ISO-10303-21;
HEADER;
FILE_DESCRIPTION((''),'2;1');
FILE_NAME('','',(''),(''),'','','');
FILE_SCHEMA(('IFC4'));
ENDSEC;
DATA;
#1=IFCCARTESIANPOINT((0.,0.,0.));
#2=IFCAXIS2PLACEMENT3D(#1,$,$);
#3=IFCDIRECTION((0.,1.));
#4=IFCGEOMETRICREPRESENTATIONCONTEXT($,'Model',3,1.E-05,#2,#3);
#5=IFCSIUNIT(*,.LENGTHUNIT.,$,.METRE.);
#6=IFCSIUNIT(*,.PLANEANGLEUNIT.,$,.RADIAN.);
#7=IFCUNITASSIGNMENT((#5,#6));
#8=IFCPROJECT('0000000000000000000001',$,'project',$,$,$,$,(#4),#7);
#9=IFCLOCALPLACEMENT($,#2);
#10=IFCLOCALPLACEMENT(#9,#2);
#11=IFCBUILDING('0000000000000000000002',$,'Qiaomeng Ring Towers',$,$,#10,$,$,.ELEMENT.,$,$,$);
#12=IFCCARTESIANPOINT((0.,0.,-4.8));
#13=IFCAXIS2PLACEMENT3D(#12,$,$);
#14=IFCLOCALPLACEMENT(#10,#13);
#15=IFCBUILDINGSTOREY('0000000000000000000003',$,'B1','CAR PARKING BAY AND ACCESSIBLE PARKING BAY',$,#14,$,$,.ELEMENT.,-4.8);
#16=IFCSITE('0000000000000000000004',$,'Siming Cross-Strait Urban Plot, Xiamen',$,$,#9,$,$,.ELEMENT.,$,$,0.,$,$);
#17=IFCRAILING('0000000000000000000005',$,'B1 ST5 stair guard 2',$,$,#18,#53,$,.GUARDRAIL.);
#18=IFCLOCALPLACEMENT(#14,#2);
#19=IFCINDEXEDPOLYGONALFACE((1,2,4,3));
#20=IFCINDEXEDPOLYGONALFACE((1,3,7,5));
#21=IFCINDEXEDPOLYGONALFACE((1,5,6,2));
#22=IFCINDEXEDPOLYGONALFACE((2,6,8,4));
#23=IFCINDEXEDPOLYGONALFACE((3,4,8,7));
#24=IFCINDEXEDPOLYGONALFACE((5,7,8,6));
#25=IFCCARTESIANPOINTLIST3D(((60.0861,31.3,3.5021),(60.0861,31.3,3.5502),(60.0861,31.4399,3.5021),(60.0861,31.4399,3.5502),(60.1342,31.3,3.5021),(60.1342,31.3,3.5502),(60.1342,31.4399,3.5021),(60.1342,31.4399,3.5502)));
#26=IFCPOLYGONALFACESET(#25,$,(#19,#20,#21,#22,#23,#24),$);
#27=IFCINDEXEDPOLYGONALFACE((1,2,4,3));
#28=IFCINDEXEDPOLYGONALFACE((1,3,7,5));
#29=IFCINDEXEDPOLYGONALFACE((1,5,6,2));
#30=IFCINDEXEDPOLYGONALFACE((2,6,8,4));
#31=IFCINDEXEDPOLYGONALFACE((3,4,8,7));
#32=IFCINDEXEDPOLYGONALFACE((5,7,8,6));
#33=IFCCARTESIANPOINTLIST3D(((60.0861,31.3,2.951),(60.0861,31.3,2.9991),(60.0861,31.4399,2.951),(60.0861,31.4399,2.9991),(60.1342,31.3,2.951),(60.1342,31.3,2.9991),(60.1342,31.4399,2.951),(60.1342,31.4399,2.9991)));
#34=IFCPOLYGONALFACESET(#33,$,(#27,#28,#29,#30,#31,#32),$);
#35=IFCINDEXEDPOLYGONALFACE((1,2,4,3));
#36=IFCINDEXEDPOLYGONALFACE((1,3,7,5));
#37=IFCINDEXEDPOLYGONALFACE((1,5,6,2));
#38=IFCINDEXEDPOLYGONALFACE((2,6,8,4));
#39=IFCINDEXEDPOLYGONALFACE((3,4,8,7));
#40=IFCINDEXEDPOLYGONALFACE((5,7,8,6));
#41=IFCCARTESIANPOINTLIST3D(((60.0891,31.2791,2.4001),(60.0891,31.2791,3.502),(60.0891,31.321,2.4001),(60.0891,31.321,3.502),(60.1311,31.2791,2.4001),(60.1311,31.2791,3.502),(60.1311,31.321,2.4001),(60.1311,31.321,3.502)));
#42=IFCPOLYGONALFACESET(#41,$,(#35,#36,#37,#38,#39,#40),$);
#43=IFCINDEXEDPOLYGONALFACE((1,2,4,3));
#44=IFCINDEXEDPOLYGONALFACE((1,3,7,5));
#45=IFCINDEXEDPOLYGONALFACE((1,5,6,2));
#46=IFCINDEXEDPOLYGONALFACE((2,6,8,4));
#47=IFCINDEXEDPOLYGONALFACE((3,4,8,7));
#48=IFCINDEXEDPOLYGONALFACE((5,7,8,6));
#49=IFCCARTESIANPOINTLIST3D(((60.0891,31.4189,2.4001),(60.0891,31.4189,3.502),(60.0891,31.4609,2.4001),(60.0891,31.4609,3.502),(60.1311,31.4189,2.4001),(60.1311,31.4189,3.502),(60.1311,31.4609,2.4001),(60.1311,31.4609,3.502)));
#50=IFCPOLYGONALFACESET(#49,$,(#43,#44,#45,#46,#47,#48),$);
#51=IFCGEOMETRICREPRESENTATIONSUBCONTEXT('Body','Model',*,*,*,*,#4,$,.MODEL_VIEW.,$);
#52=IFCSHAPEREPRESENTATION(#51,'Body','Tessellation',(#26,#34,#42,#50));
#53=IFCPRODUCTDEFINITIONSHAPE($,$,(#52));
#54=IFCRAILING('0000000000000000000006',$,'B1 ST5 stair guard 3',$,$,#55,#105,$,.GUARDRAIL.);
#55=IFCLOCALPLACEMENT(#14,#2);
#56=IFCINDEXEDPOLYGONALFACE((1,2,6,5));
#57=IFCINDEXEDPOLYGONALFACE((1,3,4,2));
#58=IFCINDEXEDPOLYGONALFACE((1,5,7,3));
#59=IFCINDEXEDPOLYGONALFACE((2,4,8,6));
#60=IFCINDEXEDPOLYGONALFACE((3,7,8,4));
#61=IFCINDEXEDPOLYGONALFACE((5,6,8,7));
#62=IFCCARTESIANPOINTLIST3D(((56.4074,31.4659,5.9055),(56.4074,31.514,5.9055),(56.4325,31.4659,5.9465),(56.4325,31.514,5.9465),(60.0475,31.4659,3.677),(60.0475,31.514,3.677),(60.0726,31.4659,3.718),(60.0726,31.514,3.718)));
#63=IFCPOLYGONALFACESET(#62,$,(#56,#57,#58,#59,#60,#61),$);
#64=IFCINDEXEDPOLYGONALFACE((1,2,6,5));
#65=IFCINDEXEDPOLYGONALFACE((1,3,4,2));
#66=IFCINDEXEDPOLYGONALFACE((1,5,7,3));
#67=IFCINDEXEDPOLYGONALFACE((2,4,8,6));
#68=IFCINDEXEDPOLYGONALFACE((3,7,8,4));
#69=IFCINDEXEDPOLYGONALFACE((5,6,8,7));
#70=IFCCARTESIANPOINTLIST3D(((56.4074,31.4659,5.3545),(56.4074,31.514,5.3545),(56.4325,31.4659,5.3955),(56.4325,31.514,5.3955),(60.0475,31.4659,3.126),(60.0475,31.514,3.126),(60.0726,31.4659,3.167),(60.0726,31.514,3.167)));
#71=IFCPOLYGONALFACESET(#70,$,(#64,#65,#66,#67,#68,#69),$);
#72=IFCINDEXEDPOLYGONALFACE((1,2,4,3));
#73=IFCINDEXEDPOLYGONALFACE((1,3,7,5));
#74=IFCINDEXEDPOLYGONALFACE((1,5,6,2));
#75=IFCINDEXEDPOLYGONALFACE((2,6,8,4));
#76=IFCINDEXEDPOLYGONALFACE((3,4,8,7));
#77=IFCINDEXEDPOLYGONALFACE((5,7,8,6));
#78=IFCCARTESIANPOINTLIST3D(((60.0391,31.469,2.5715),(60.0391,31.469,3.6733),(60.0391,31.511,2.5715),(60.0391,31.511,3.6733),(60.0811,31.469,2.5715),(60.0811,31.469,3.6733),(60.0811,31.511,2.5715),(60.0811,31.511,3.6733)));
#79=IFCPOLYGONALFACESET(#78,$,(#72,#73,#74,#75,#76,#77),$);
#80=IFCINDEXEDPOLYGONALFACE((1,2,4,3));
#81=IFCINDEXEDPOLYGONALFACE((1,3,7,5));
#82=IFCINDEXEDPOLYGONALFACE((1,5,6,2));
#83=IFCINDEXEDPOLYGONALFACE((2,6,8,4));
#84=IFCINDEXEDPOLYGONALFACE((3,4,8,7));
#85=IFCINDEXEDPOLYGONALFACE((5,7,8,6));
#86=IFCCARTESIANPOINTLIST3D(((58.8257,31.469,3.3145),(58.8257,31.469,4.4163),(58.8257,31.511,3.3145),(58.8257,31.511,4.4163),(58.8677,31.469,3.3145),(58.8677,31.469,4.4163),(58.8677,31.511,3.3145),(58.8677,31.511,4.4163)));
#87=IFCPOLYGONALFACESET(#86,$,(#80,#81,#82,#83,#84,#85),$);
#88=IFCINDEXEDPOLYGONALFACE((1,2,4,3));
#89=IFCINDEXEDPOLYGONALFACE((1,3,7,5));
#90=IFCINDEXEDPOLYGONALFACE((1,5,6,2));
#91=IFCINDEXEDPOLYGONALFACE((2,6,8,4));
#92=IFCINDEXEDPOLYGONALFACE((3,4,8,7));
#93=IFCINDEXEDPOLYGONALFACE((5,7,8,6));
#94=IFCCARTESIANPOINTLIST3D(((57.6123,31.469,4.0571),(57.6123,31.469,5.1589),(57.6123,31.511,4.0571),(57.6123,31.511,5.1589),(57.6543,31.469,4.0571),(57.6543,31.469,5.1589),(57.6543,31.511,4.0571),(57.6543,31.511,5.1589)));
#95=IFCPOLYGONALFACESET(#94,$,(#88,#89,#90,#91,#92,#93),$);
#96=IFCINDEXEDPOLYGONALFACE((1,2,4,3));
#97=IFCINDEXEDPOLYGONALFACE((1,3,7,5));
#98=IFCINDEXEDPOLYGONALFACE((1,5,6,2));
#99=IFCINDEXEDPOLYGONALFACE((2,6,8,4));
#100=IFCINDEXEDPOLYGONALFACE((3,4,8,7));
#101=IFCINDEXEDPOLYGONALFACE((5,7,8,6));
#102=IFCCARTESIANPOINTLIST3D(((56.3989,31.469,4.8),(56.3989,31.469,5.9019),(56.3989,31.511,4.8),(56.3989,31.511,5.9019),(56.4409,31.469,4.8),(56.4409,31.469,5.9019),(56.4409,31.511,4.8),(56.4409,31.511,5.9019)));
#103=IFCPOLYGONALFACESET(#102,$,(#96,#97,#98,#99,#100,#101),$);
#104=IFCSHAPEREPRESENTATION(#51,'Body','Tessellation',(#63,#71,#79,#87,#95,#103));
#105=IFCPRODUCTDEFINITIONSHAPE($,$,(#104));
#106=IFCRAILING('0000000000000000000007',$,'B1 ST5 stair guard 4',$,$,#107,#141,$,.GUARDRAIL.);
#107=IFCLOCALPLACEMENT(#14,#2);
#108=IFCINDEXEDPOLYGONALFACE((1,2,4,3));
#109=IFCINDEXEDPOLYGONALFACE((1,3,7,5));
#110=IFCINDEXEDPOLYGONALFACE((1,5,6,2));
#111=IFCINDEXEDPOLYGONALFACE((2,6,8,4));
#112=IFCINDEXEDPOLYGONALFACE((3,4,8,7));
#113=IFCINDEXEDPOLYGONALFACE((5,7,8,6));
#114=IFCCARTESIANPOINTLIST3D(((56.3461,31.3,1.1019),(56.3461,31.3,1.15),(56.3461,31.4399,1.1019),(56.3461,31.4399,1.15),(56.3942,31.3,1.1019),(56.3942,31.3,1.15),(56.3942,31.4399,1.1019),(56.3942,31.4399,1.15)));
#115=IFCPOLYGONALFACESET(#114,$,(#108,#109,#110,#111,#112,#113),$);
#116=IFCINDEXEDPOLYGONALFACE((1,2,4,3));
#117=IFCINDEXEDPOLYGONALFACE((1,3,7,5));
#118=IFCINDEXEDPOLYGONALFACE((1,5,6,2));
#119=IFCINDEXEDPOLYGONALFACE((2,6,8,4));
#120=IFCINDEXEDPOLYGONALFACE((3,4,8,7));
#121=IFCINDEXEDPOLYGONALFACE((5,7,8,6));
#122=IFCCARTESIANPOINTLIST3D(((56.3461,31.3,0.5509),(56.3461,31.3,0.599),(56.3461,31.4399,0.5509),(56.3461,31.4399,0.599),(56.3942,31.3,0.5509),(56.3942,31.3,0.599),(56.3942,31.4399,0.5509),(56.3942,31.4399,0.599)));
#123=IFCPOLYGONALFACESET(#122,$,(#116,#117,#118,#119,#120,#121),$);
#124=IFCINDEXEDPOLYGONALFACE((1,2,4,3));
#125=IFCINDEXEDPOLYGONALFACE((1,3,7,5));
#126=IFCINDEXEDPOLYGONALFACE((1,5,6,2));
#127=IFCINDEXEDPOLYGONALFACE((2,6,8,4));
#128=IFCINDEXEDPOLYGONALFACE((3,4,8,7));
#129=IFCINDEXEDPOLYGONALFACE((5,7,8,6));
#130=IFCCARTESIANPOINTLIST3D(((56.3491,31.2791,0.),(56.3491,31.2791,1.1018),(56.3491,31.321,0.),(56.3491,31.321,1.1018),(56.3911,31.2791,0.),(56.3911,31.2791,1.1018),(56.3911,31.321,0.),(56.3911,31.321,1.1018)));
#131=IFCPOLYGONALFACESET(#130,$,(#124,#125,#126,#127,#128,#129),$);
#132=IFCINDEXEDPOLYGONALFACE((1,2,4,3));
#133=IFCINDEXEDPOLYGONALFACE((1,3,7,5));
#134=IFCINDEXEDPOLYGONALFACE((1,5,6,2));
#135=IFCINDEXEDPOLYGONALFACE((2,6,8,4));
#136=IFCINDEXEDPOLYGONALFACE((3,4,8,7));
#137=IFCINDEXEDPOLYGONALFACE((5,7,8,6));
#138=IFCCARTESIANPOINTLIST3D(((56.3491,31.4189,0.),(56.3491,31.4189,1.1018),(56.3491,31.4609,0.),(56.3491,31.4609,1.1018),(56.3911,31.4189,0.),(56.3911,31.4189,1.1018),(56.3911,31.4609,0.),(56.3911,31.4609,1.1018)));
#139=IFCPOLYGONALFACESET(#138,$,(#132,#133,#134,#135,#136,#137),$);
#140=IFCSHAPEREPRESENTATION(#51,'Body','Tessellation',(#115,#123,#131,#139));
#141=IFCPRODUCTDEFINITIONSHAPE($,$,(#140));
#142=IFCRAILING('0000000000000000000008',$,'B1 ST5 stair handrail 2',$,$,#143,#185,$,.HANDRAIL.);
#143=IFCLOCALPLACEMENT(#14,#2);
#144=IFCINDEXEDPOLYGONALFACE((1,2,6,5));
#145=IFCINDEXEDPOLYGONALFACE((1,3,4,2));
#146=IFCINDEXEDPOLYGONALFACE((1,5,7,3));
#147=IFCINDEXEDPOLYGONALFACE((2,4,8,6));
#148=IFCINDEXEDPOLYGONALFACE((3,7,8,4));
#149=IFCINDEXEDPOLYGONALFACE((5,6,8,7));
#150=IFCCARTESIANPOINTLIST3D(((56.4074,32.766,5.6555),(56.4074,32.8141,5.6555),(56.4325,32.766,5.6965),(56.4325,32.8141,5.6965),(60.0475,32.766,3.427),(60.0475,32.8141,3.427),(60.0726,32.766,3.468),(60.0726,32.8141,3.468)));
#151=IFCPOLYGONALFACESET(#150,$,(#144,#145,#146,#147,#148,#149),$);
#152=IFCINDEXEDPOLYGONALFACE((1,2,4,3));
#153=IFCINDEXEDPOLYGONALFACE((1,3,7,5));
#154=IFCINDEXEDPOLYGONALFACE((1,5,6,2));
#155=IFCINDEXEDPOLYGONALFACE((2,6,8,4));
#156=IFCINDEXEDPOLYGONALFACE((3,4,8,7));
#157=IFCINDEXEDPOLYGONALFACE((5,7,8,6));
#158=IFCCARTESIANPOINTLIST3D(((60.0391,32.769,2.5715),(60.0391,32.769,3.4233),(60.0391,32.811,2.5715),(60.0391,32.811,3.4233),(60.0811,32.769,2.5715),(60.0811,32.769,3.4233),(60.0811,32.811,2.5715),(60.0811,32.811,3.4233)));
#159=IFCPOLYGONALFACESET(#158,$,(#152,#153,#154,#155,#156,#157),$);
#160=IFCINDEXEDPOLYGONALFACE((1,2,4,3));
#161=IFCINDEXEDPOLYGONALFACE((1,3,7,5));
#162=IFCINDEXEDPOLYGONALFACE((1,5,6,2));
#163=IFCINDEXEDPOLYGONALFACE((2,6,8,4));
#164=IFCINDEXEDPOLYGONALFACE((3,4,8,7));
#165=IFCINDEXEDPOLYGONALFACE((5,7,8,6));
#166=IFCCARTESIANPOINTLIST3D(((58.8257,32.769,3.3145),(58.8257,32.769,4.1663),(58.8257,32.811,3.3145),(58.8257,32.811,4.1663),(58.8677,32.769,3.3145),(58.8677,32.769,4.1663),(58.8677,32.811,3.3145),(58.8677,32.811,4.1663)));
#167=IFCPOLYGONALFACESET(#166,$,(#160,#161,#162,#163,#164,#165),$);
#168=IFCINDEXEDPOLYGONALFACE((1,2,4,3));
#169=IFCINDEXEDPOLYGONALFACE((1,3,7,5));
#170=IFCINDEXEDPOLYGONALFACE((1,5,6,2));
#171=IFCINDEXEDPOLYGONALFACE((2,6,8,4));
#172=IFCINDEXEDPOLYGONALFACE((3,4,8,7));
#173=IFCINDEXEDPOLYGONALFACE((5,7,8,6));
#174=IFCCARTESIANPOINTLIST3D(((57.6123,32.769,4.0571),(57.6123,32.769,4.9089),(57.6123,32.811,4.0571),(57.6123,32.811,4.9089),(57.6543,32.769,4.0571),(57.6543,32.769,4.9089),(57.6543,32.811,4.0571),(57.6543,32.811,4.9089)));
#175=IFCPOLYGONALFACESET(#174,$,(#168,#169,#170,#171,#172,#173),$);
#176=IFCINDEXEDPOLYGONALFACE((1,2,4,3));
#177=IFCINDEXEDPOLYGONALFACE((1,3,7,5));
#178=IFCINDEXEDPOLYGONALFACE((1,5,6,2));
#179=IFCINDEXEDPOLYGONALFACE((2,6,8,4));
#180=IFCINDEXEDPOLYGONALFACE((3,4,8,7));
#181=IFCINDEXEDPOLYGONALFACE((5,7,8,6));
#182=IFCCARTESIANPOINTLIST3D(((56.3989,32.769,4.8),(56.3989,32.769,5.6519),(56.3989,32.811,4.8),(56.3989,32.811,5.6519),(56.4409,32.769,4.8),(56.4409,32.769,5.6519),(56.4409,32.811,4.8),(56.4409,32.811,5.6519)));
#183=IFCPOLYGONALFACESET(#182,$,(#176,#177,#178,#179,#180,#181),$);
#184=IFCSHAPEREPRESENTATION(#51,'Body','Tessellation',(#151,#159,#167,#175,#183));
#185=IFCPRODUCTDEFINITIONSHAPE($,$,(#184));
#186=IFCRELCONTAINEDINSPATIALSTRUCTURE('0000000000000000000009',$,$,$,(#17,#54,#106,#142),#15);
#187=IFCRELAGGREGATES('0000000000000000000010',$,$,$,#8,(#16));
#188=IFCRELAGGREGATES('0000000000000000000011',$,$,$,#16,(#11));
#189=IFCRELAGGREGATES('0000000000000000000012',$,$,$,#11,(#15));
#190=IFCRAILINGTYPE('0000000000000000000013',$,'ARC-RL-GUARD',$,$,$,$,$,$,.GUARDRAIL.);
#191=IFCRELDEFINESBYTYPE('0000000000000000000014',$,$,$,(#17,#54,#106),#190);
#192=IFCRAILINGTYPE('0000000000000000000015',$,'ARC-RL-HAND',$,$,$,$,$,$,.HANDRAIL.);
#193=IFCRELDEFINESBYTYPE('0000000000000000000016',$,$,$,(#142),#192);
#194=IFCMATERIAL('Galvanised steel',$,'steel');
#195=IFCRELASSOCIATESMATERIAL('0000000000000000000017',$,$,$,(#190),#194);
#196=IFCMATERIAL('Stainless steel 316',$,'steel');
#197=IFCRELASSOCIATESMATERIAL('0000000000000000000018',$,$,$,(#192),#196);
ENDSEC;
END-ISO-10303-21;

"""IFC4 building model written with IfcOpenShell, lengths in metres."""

from ifc_helpers import new_model, si_unit, direction, frame, origin, origin_2d, place, context, subcontext, project, spatial, rectangle, extrude, material, type_object, element, save


model = new_model("IFC4")

# Units and contexts
model_context = context("Model", 3, precision=1e-05, world=origin(), true_north=direction((0.0, 1.0)))
body_context = subcontext(model_context, "Body", "Model", "MODEL_VIEW")
ifc_project = project(units=[si_unit("LENGTHUNIT", "METRE"), si_unit("PLANEANGLEUNIT", "RADIAN")], contexts=[model_context])

# Site, building, storey
site_placement = place(None, origin())
site = spatial("IfcSite", under=ifc_project, at=site_placement, Name="Siming Cross-Strait Urban Plot, Xiamen", CompositionType="ELEMENT", RefElevation=0.0)
building_placement = place(site_placement, origin())
building = spatial("IfcBuilding", under=site, at=building_placement, Name="Qiaomeng Ring Towers", CompositionType="ELEMENT")
storey_placement = place(building_placement, frame((0.0, 0.0, -4.8)))
storey = spatial("IfcBuildingStorey", under=building, at=storey_placement, Name="B1", Description="CAR PARKING BAY AND ACCESSIBLE PARKING BAY", CompositionType="ELEMENT", Elevation=-4.8)

# Shared definitions
ifc_material_1 = material(Name="Galvanised steel", Category="steel")

# Railings
railing_type_1 = type_object("IfcRailingType", Name="ARC-RL-GUARD", PredefinedType="GUARDRAIL", material=ifc_material_1)
railing_1_placement = place(storey_placement, frame((60.1101, 31.3, 2.4001)))
element("IfcRailing", 1, at=railing_1_placement, inside=storey, type_object=railing_type_1, Name="B1 ST5 stair guard 2", PredefinedType="GUARDRAIL", context=body_context, shape_type="SweptSolid", body=[
    extrude(rectangle(XDim=0.0481, YDim=0.0481, at=origin_2d()), frame((0.0, 0.0, 1.126), z_axis=(0.0, 1.0, 0.0), x_axis=(-1.0, 0.0, 0.0)), (0.0, 0.0, 1.0), 0.1399),
    extrude(rectangle(XDim=0.0481, YDim=0.0481, at=origin_2d()), frame((0.0, 0.0, 0.575), z_axis=(0.0, 1.0, 0.0), x_axis=(-1.0, 0.0, 0.0)), (0.0, 0.0, 1.0), 0.1399),
    extrude(rectangle(XDim=0.042, YDim=0.042, at=origin_2d()), origin(), (0.0, 0.0, 1.0), 1.1018),
    extrude(rectangle(XDim=0.042, YDim=0.042, at=origin_2d()), frame((0.0, 0.1399, 0.0)), (0.0, 0.0, 1.0), 1.1018),
])
railing_2_placement = place(storey_placement, frame((60.0601, 31.49, 2.5715)))
element("IfcRailing", 2, at=railing_2_placement, inside=storey, type_object=railing_type_1, Name="B1 ST5 stair guard 3", PredefinedType="GUARDRAIL", context=body_context, shape_type="SweptSolid", body=[
    extrude(rectangle(XDim=0.0481, YDim=0.0481, at=origin_2d()), frame((0.0, 0.0, 1.126), z_axis=(-0.852866, 0.0, 0.52213), x_axis=(0.0, -1.0, 0.0)), (0.0, 0.0, 1.0), 4.2681),
    extrude(rectangle(XDim=0.0481, YDim=0.0481, at=origin_2d()), frame((0.0, 0.0, 0.575), z_axis=(-0.852866, 0.0, 0.52213), x_axis=(0.0, -1.0, 0.0)), (0.0, 0.0, 1.0), 4.2681),
    extrude(rectangle(XDim=0.042, YDim=0.042, at=origin_2d()), origin(), (0.0, 0.0, 1.0), 1.1018),
    extrude(rectangle(XDim=0.042, YDim=0.042, at=origin_2d()), frame((-1.2134, 0.0, 0.7429)), (0.0, 0.0, 1.0), 1.1018),
    extrude(rectangle(XDim=0.042, YDim=0.042, at=origin_2d()), frame((-2.4268, 0.0, 1.4856)), (0.0, 0.0, 1.0), 1.1018),
    extrude(rectangle(XDim=0.042, YDim=0.042, at=origin_2d()), frame((-3.6401, 0.0, 2.2285)), (0.0, 0.0, 1.0), 1.1018),
])
railing_3_placement = place(storey_placement, frame((56.3701, 31.3, 0.0)))
element("IfcRailing", 3, at=railing_3_placement, inside=storey, type_object=railing_type_1, Name="B1 ST5 stair guard 4", PredefinedType="GUARDRAIL", context=body_context, shape_type="SweptSolid", body=[
    extrude(rectangle(XDim=0.0481, YDim=0.0481, at=origin_2d()), frame((0.0, 0.0, 1.126), z_axis=(0.0, 1.0, 0.0), x_axis=(-1.0, 0.0, 0.0)), (0.0, 0.0, 1.0), 0.1399),
    extrude(rectangle(XDim=0.0481, YDim=0.0481, at=origin_2d()), frame((0.0, 0.0, 0.575), z_axis=(0.0, 1.0, 0.0), x_axis=(-1.0, 0.0, 0.0)), (0.0, 0.0, 1.0), 0.1399),
    extrude(rectangle(XDim=0.042, YDim=0.042, at=origin_2d()), origin(), (0.0, 0.0, 1.0), 1.1018),
    extrude(rectangle(XDim=0.042, YDim=0.042, at=origin_2d()), frame((0.0, 0.1399, 0.0)), (0.0, 0.0, 1.0), 1.1018),
])
ifc_material_2 = material(Name="Stainless steel 316", Category="steel")
railing_type_2 = type_object("IfcRailingType", Name="ARC-RL-HAND", PredefinedType="HANDRAIL", material=ifc_material_2)
railing_4_placement = place(storey_placement, frame((60.0601, 32.79, 2.5715)))
element("IfcRailing", 4, at=railing_4_placement, inside=storey, type_object=railing_type_2, Name="B1 ST5 stair handrail 2", PredefinedType="HANDRAIL", context=body_context, shape_type="SweptSolid", body=[
    extrude(rectangle(XDim=0.0481, YDim=0.0481, at=origin_2d()), frame((0.0, 0.0, 0.876), z_axis=(-0.852866, 0.0, 0.52213), x_axis=(0.0, -1.0, 0.0)), (0.0, 0.0, 1.0), 4.2681),
    extrude(rectangle(XDim=0.042, YDim=0.042, at=origin_2d()), origin(), (0.0, 0.0, 1.0), 0.8518),
    extrude(rectangle(XDim=0.042, YDim=0.042, at=origin_2d()), frame((-1.2134, 0.0, 0.7429)), (0.0, 0.0, 1.0), 0.8518),
    extrude(rectangle(XDim=0.042, YDim=0.042, at=origin_2d()), frame((-2.4268, 0.0, 1.4856)), (0.0, 0.0, 1.0), 0.8518),
    extrude(rectangle(XDim=0.042, YDim=0.042, at=origin_2d()), frame((-3.6401, 0.0, 2.2285)), (0.0, 0.0, 1.0), 0.8518),
])

save(model, "model.ifc")
